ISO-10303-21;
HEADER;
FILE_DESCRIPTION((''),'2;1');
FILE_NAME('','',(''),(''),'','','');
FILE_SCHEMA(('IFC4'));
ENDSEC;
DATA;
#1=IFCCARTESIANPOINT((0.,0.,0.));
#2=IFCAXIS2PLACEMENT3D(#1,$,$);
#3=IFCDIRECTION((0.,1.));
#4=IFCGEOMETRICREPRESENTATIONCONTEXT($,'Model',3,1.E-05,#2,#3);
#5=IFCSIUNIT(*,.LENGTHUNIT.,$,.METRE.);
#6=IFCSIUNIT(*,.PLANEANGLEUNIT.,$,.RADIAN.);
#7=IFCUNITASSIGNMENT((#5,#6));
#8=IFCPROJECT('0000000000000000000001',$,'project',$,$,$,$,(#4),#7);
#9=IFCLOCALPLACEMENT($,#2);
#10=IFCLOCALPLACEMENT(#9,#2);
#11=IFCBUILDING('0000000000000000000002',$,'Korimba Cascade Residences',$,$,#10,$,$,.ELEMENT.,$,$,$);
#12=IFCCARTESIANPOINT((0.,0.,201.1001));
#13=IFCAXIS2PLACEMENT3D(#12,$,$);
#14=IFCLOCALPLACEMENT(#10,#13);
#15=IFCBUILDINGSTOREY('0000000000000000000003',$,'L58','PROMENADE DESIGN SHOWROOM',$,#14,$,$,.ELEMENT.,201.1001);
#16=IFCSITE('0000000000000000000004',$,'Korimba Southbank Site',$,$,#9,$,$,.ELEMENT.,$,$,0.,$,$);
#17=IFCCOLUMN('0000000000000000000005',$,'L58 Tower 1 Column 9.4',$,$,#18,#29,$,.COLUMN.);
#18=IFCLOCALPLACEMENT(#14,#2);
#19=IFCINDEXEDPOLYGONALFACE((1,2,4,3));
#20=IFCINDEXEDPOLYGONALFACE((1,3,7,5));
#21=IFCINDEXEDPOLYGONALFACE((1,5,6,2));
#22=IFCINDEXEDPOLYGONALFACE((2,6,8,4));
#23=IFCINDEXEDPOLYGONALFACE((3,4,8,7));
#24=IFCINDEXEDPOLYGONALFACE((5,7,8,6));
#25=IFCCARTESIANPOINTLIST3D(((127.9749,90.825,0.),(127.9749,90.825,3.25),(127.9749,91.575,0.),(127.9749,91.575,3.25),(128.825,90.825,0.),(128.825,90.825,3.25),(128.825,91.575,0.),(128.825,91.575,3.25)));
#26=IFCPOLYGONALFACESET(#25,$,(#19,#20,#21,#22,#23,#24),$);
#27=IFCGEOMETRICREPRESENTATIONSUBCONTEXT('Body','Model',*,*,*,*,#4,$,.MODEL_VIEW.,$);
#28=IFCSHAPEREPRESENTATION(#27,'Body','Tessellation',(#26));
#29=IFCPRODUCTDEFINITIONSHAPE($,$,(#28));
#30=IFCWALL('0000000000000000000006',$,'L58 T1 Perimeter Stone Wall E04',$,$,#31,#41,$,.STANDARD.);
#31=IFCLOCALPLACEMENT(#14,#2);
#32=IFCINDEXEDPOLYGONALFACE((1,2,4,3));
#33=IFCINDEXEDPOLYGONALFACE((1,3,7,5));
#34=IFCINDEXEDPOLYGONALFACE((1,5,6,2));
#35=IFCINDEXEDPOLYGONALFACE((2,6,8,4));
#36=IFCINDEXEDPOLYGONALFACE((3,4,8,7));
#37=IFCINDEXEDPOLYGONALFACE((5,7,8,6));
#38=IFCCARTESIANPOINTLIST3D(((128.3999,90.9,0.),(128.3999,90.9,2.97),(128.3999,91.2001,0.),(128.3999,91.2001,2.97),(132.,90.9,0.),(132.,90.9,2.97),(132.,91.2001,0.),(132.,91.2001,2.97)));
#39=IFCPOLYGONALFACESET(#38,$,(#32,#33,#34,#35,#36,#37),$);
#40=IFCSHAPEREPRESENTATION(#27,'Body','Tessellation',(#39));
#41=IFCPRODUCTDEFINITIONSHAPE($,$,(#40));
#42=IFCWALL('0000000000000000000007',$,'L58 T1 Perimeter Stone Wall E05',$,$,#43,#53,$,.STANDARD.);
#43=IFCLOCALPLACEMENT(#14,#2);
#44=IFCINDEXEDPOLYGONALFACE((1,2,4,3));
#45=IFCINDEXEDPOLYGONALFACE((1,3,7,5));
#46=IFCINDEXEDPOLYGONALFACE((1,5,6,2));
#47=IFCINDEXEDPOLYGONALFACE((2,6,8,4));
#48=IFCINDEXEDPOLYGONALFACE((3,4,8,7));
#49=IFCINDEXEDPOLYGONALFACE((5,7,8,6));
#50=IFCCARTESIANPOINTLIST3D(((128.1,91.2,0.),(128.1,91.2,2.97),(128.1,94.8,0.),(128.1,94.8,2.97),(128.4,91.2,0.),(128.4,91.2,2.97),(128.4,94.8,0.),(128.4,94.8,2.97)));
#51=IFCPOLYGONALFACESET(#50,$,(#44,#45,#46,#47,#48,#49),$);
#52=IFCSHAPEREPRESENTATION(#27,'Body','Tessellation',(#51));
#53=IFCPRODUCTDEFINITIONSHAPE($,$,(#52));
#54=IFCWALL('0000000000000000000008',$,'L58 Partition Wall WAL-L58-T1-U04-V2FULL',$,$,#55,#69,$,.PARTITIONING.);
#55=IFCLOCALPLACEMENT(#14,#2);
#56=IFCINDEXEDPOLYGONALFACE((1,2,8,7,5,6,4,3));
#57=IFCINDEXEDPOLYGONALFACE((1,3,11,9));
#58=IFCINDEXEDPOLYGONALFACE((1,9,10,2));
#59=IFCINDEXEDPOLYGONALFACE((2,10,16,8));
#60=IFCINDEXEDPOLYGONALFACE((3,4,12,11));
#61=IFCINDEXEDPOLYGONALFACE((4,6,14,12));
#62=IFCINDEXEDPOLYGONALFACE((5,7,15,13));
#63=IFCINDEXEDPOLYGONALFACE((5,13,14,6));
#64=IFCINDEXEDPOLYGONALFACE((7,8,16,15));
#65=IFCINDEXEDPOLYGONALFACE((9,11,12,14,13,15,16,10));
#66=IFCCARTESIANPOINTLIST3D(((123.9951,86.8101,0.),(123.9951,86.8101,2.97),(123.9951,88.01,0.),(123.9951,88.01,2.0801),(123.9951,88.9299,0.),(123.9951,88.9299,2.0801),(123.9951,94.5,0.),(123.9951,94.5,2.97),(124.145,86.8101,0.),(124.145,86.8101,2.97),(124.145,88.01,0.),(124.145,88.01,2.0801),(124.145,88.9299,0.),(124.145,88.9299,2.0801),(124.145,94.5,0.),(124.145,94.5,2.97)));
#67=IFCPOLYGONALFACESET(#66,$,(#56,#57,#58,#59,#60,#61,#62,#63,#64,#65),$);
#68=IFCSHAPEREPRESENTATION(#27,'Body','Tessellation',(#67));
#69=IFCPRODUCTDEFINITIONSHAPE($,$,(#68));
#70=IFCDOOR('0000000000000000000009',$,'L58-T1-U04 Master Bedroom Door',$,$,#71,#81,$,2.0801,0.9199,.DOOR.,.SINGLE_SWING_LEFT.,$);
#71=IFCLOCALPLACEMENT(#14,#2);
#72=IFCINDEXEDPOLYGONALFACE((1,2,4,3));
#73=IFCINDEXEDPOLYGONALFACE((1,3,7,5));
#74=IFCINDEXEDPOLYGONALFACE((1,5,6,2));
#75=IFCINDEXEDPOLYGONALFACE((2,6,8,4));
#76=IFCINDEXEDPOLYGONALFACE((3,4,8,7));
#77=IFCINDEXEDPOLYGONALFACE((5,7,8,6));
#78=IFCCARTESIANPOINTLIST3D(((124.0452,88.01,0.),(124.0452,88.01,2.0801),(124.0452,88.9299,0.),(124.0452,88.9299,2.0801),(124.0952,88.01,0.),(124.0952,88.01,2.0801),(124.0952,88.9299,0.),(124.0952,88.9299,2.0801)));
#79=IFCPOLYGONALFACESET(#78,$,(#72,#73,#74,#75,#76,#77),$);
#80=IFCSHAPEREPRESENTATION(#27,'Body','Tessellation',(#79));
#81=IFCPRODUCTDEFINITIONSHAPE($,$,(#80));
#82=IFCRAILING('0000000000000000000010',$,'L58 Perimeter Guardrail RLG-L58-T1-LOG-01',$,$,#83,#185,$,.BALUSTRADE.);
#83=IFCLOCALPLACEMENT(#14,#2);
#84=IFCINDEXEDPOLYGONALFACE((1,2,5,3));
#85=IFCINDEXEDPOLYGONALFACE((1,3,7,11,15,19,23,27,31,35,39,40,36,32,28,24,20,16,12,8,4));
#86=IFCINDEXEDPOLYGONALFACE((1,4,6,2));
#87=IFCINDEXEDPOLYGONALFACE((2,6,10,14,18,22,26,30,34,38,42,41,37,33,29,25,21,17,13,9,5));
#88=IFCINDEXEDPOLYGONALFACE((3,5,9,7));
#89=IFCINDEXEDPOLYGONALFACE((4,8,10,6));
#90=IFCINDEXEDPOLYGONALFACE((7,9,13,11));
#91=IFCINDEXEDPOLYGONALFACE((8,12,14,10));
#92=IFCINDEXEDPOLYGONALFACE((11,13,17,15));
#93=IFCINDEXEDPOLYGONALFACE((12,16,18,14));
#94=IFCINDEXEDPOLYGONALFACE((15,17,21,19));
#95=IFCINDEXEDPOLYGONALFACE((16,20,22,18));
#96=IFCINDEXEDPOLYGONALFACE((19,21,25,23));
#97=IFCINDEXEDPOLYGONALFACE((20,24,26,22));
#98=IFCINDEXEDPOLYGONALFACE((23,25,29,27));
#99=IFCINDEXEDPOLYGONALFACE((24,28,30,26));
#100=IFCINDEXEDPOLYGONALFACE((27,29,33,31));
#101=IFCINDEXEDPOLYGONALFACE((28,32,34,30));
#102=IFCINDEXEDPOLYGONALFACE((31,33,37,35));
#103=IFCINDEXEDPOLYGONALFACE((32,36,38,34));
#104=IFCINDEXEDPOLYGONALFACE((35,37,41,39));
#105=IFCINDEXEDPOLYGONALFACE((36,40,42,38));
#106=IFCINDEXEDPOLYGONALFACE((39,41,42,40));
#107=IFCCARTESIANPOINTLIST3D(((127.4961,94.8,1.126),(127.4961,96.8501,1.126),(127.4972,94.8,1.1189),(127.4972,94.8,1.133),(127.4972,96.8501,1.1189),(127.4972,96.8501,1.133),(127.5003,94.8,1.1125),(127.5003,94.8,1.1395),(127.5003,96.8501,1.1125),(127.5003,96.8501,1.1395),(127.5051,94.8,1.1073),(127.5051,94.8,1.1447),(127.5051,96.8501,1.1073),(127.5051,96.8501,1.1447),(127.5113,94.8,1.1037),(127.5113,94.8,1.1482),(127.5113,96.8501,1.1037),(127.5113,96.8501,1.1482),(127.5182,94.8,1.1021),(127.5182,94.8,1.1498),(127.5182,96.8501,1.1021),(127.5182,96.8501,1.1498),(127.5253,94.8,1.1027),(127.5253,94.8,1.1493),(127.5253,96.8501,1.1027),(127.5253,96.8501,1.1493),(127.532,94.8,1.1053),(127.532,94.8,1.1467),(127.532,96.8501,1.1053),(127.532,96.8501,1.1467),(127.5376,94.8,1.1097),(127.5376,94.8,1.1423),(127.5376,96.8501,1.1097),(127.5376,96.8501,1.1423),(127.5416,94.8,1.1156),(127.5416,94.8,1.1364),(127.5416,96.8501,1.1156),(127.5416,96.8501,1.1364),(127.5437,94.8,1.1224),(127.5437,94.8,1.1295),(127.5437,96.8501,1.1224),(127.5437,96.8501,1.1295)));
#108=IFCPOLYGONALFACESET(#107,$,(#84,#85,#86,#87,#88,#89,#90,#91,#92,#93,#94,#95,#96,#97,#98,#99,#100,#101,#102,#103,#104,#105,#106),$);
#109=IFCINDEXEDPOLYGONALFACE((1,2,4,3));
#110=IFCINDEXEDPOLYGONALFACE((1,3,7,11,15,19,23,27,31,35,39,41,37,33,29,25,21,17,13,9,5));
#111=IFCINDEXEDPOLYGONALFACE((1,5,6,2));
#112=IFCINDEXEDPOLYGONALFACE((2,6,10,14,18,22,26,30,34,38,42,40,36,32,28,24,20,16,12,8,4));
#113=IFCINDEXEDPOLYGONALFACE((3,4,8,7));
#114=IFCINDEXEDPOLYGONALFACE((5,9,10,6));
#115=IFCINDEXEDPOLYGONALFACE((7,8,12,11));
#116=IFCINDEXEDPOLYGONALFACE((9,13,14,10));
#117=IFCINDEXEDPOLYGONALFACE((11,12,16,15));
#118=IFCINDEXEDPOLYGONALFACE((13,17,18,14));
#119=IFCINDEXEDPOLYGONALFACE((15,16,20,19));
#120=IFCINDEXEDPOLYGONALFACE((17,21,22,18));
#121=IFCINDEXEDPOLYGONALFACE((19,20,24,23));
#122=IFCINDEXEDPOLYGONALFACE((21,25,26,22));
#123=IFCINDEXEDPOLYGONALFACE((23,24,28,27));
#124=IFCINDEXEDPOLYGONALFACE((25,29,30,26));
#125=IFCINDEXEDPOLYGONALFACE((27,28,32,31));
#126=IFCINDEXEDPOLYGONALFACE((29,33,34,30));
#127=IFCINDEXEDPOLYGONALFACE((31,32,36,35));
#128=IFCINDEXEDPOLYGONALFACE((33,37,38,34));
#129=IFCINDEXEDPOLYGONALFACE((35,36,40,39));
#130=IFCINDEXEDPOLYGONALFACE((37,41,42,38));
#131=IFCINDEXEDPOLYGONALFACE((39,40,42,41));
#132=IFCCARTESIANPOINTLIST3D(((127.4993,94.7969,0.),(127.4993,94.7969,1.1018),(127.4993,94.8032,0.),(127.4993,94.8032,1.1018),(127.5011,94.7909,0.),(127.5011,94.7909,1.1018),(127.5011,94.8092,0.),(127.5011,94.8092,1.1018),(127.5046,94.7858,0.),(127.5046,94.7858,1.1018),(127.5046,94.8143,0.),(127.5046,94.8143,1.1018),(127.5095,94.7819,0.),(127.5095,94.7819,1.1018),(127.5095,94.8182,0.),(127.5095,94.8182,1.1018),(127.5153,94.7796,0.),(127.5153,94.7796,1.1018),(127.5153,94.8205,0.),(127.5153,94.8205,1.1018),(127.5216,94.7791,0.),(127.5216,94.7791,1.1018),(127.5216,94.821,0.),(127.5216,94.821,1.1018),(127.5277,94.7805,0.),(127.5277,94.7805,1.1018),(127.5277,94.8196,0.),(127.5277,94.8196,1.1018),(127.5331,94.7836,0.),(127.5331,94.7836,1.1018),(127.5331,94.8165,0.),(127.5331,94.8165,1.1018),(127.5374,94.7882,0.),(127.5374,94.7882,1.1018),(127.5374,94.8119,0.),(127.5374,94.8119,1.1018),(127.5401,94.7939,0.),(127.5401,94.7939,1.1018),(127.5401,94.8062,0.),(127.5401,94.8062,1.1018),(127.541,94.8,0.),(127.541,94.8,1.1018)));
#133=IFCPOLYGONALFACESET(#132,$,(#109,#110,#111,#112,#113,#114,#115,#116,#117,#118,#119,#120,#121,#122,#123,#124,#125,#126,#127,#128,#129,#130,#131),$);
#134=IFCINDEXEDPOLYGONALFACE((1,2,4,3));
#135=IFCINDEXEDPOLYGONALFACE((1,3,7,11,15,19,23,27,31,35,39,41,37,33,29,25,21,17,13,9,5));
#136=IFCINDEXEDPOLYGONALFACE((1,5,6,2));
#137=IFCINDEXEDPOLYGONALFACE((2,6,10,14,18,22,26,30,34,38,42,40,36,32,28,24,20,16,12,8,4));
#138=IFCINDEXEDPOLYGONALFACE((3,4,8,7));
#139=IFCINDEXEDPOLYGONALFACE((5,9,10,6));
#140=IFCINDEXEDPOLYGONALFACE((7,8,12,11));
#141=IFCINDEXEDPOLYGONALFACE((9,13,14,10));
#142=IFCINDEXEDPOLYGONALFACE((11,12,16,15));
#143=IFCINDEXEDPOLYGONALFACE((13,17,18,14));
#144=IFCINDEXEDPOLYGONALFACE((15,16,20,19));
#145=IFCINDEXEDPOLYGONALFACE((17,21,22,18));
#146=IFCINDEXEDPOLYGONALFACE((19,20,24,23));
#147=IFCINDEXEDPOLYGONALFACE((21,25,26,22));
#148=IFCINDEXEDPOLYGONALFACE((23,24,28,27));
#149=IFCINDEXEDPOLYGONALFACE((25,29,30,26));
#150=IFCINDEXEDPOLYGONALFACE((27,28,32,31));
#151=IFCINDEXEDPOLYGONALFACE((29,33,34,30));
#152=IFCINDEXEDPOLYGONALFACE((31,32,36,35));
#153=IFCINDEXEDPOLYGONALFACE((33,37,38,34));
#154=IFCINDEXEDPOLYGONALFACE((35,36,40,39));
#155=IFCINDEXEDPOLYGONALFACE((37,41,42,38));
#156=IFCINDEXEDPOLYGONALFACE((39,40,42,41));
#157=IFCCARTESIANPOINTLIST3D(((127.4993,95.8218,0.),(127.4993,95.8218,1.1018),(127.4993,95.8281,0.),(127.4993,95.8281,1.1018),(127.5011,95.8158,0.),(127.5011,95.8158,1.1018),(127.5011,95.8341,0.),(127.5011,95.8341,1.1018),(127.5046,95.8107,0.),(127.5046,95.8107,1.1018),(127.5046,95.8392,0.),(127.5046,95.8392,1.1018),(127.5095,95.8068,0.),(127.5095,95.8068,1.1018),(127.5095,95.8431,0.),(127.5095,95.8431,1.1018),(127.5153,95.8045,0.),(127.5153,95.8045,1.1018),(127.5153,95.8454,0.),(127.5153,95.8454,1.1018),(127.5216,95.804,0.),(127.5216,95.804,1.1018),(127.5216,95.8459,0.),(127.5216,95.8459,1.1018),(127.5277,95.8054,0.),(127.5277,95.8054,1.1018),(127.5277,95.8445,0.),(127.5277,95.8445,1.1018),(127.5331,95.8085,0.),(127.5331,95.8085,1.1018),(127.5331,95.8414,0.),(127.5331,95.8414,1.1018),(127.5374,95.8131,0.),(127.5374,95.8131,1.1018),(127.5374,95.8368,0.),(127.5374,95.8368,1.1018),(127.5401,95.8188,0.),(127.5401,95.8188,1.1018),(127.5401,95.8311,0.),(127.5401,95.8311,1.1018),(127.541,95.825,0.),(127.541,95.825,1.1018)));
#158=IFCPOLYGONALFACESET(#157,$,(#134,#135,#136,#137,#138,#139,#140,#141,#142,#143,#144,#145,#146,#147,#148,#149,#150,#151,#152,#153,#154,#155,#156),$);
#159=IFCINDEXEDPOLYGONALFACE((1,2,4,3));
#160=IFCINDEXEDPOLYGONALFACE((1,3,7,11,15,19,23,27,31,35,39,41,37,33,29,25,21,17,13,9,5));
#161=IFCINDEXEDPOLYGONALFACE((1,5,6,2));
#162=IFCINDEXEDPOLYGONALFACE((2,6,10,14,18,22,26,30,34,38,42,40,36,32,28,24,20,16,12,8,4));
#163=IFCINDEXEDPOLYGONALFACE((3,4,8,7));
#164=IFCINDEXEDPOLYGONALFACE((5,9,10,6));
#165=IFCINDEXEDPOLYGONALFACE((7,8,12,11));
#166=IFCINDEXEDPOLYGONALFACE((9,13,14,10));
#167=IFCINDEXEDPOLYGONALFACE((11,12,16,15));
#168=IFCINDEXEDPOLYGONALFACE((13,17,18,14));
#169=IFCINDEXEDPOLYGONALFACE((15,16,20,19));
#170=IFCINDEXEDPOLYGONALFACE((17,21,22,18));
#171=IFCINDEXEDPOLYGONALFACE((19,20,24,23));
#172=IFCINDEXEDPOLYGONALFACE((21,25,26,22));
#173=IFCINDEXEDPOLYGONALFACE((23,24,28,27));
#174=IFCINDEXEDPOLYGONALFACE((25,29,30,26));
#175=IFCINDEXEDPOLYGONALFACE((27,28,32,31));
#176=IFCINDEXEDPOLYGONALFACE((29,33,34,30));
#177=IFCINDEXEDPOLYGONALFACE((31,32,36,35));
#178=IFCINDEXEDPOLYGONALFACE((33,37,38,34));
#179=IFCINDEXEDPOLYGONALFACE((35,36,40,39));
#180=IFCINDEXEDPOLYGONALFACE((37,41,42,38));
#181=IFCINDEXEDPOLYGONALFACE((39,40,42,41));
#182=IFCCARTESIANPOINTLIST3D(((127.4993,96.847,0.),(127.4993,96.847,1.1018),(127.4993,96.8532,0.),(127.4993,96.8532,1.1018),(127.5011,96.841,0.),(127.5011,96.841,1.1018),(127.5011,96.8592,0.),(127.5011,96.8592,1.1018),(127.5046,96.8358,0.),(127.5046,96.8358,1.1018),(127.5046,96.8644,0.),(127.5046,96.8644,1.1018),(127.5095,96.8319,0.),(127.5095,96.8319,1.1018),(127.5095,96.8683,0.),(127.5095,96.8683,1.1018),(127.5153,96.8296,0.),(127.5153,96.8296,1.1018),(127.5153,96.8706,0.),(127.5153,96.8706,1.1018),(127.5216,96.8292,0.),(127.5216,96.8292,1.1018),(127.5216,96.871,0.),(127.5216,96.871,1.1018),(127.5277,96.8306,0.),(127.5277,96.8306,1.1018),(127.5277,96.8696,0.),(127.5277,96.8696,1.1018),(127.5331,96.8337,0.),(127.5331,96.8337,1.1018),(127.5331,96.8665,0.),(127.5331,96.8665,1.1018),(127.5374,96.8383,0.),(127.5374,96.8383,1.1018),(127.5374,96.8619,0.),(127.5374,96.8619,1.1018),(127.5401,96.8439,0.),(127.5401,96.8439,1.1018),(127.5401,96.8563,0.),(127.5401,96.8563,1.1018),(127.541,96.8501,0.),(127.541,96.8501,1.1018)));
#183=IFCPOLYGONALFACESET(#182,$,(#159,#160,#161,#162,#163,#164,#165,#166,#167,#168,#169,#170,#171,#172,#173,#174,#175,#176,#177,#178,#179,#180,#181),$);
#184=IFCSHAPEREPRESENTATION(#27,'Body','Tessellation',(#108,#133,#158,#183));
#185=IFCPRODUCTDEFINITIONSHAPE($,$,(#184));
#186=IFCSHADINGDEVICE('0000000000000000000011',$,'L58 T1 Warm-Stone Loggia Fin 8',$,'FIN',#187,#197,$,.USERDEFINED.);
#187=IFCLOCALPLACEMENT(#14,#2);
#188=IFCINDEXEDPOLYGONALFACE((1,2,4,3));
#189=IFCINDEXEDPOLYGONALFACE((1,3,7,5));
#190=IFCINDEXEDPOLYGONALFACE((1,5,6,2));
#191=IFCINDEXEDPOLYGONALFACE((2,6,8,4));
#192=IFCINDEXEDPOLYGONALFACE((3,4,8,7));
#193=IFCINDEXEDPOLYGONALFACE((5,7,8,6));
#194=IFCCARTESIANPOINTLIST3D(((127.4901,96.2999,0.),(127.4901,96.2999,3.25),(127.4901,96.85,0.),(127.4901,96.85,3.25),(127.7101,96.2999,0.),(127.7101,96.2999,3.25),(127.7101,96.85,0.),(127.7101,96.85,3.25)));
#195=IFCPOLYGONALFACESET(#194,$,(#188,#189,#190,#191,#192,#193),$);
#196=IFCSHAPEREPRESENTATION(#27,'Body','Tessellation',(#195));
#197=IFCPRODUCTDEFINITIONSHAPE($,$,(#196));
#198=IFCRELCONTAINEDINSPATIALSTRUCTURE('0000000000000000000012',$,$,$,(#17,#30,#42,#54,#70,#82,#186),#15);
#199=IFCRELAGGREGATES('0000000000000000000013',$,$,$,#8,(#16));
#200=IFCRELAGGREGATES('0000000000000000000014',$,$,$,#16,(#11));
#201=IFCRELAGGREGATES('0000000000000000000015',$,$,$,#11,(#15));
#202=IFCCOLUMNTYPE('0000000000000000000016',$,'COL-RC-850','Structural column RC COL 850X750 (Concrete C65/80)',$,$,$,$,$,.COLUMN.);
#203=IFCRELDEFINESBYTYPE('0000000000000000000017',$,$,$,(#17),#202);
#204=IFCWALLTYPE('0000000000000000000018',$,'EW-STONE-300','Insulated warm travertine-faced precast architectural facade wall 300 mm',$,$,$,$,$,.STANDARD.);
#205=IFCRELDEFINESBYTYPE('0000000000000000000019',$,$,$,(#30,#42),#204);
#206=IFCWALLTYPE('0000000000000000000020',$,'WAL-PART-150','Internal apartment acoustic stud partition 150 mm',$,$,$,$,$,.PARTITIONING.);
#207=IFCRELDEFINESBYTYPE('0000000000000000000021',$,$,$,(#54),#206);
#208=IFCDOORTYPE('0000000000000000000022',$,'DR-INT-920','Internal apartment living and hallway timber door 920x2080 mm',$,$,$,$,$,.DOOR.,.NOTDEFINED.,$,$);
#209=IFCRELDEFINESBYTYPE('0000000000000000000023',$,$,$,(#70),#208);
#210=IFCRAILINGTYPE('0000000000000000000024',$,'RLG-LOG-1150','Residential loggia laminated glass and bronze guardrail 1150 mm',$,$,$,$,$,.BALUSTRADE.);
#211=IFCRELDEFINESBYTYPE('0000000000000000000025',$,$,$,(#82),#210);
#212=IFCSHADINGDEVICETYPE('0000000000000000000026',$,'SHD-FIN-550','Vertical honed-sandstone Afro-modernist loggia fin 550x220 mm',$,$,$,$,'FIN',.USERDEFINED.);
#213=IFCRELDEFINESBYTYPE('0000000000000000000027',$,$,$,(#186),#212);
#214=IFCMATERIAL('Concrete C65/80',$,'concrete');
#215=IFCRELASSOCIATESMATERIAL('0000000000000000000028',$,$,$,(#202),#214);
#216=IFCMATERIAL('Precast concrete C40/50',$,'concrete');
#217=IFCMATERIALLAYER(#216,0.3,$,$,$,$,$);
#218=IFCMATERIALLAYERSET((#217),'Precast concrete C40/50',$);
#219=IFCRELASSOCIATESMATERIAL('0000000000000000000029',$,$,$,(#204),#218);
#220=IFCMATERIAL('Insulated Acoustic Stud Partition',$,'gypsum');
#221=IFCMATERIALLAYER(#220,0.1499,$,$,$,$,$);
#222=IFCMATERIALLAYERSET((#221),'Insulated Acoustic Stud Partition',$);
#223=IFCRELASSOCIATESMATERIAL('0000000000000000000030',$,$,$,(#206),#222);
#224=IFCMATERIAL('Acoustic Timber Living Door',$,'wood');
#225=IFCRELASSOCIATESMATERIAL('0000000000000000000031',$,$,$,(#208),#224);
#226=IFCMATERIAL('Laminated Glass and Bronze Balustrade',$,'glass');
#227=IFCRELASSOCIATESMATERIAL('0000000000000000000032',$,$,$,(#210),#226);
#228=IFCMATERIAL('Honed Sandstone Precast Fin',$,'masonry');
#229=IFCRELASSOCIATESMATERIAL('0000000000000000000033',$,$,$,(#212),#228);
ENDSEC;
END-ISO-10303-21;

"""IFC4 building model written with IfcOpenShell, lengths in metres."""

from ifc_helpers import new_model, si_unit, direction, frame, frame_2d, origin, origin_2d, place, context, subcontext, project, spatial, rectangle, circle, extrude, material, layer, layer_set, material_profile, profile_set, type_object, element, fill, save


model = new_model("IFC4")

# Units and contexts
model_context = context("Model", 3, precision=1e-05, world=origin(), true_north=direction((0.0, 1.0)))
body_context = subcontext(model_context, "Body", "Model", "MODEL_VIEW")
ifc_project = project(units=[si_unit("LENGTHUNIT", "METRE"), si_unit("PLANEANGLEUNIT", "RADIAN")], contexts=[model_context])

# Site, building, storey
site_placement = place(None, origin())
site = spatial("IfcSite", under=ifc_project, at=site_placement, Name="Korimba Southbank Site", CompositionType="ELEMENT", RefElevation=0.0)
building_placement = place(site_placement, origin())
building = spatial("IfcBuilding", under=site, at=building_placement, Name="Korimba Cascade Residences", CompositionType="ELEMENT")
storey_placement = place(building_placement, frame((0.0, 0.0, 201.1001)))
storey = spatial("IfcBuildingStorey", under=building, at=storey_placement, Name="L58", Description="PROMENADE DESIGN SHOWROOM", CompositionType="ELEMENT", Elevation=201.1001)

# Column
ifc_material_1 = material(Name="Concrete C65/80", Category="concrete")
ifc_material_profile = material_profile(ifc_material_1, rectangle(XDim=0.8501, YDim=0.75, at=origin_2d()), Name="Concrete C65/80")
ifc_profile_set = profile_set([ifc_material_profile], Name="Concrete C65/80")
column_type = type_object("IfcColumnType", Name="COL-RC-850", Description="Structural column RC COL 850X750 (Concrete C65/80)", PredefinedType="COLUMN", material=ifc_profile_set)
column_placement = place(storey_placement, frame((128.3999, 91.2, 0.0), z_axis=(0.0, 0.0, 1.0), x_axis=(1.0, 0.0, 0.0)))
element("IfcColumn", 1, at=column_placement, inside=storey, type_object=column_type, Name="L58 Tower 1 Column 9.4", PredefinedType="COLUMN", context=body_context, shape_type="SweptSolid", body=[
    extrude(rectangle(XDim=0.8501, YDim=0.75, at=origin_2d()), origin(), (0.0, 0.0, 1.0), 3.25),
])

# Shared definitions
ifc_material_2 = material(Name="Precast concrete C40/50", Category="concrete")

# Walls
ifc_layer_1 = layer(ifc_material_2, 0.3)
ifc_layer_set_1 = layer_set([ifc_layer_1], Name="Precast concrete C40/50")
wall_type_1 = type_object("IfcWallType", Name="EW-STONE-300", Description="Insulated warm travertine-faced precast architectural facade wall 300 mm", PredefinedType="STANDARD", material=ifc_layer_set_1)
for number, where, z_axis, x_axis, name in (
    (2, (132.0, 91.05, 0.0), (0.0, 0.0, 1.0), (-1.0, 0.0, 0.0), "L58 T1 Perimeter Stone Wall E04"),
    (3, (128.25, 91.2, 0.0), (0.0, 0.0, 1.0), (0.0, 1.0, 0.0), "L58 T1 Perimeter Stone Wall E05"),
):
    element("IfcWall", number, at=place(storey_placement, frame(where, z_axis=z_axis, x_axis=x_axis)), inside=storey, type_object=wall_type_1, Name=name, PredefinedType="STANDARD", context=body_context, shape_type="SweptSolid", body=[
        extrude(rectangle(XDim=3.6001, YDim=0.3, at=frame_2d((1.8, 0.0))), origin(), (0.0, 0.0, 1.0), 2.97),
    ])

# Wall, opening, door
ifc_material_3 = material(Name="Insulated Acoustic Stud Partition", Category="gypsum")
ifc_layer_2 = layer(ifc_material_3, 0.1499)
ifc_layer_set_2 = layer_set([ifc_layer_2], Name="Insulated Acoustic Stud Partition")
wall_type_2 = type_object("IfcWallType", Name="WAL-PART-150", Description="Internal apartment acoustic stud partition 150 mm", PredefinedType="PARTITIONING", material=ifc_layer_set_2)
wall_1_placement = place(storey_placement, frame((124.0701, 86.8101, 0.0), z_axis=(0.0, 0.0, 1.0), x_axis=(0.0, 1.0, 0.0)))
wall_1 = element("IfcWall", 4, at=wall_1_placement, inside=storey, type_object=wall_type_2, Name="L58 Partition Wall WAL-L58-T1-U04-V2FULL", PredefinedType="PARTITIONING", context=body_context, shape_type="SweptSolid", body=[
    extrude(rectangle(XDim=7.6899, YDim=0.1499, at=frame_2d((3.845, 0.0))), origin(), (0.0, 0.0, 1.0), 2.97),
])
opening_1_placement = place(wall_1_placement, frame((1.2, 0.0, 0.0)))
opening_1 = element("IfcOpeningElement", 5, at=opening_1_placement, cuts=wall_1, PredefinedType="OPENING", context=body_context, shape_type="SweptSolid", body=[
    extrude(rectangle(XDim=0.9199, YDim=2.0801, at=frame_2d((0.46, 1.04))), frame((0.0, 0.085, 0.0), z_axis=(0.0, -1.0, 0.0), x_axis=(1.0, 0.0, 0.0)), (0.0, 0.0, 1.0), 0.1699),
])
ifc_material_4 = material(Name="Acoustic Timber Living Door", Category="wood")
door_type_1 = type_object("IfcDoorType", Name="DR-INT-920", Description="Internal apartment living and hallway timber door 920x2080 mm", OperationType="NOTDEFINED", PredefinedType="DOOR", material=ifc_material_4)
door_1_placement = place(opening_1_placement, origin())
door_1 = element("IfcDoor", 6, at=door_1_placement, inside=storey, type_object=door_type_1, Name="L58-T1-U04 Master Bedroom Door", OperationType="SINGLE_SWING_LEFT", OverallHeight=2.0801, OverallWidth=0.9199, PredefinedType="DOOR", context=body_context, shape_type="SweptSolid", body=[
    extrude(rectangle(XDim=0.9199, YDim=2.0801, at=frame_2d((0.46, 1.04))), frame((0.0, 0.0249, 0.0), z_axis=(0.0, -1.0, 0.0), x_axis=(1.0, 0.0, 0.0)), (0.0, 0.0, 1.0), 0.05),
])
fill(opening_1, door_1)

# Railing
ifc_material_5 = material(Name="Laminated Glass and Bronze Balustrade", Category="glass")
railing_type = type_object("IfcRailingType", Name="RLG-LOG-1150", Description="Residential loggia laminated glass and bronze guardrail 1150 mm", PredefinedType="BALUSTRADE", material=ifc_material_5)
railing_1_placement = place(storey_placement, frame((127.52, 94.8, 0.0)))
element("IfcRailing", 7, at=railing_1_placement, inside=storey, type_object=railing_type, Name="L58 Perimeter Guardrail RLG-L58-T1-LOG-01", PredefinedType="BALUSTRADE", context=body_context, shape_type="SweptSolid", body=[
    extrude(circle(Radius=0.0239, at=origin_2d()), frame((0.0, 0.0, 1.126), z_axis=(0.0, 1.0, 0.0), x_axis=(-1.0, 0.0, 0.0)), (0.0, 0.0, 1.0), 2.05),
    extrude(circle(Radius=0.021, at=origin_2d()), origin(), (0.0, 0.0, 1.0), 1.1018),
    extrude(circle(Radius=0.021, at=origin_2d()), frame((0.0, 1.0249, 0.0)), (0.0, 0.0, 1.0), 1.1018),
    extrude(circle(Radius=0.021, at=origin_2d()), frame((0.0, 2.05, 0.0)), (0.0, 0.0, 1.0), 1.1018),
])

# Shading device
ifc_material_6 = material(Name="Honed Sandstone Precast Fin", Category="masonry")
shading_device_type = type_object("IfcShadingDeviceType", Name="SHD-FIN-550", Description="Vertical honed-sandstone Afro-modernist loggia fin 550x220 mm", ElementType="FIN", PredefinedType="USERDEFINED", material=ifc_material_6)
shading_device_placement = place(storey_placement, frame((127.6001, 96.575, 0.0), z_axis=(0.0, 0.0, 1.0), x_axis=(1.0, 0.0, 0.0)))
element("IfcShadingDevice", 8, at=shading_device_placement, inside=storey, type_object=shading_device_type, Name="L58 T1 Warm-Stone Loggia Fin 8", ObjectType="FIN", PredefinedType="USERDEFINED", context=body_context, shape_type="SweptSolid", body=[
    extrude(rectangle(XDim=0.22, YDim=0.55, at=origin_2d()), origin(), (0.0, 0.0, 1.0), 3.25),
])

save(model, "model.ifc")
